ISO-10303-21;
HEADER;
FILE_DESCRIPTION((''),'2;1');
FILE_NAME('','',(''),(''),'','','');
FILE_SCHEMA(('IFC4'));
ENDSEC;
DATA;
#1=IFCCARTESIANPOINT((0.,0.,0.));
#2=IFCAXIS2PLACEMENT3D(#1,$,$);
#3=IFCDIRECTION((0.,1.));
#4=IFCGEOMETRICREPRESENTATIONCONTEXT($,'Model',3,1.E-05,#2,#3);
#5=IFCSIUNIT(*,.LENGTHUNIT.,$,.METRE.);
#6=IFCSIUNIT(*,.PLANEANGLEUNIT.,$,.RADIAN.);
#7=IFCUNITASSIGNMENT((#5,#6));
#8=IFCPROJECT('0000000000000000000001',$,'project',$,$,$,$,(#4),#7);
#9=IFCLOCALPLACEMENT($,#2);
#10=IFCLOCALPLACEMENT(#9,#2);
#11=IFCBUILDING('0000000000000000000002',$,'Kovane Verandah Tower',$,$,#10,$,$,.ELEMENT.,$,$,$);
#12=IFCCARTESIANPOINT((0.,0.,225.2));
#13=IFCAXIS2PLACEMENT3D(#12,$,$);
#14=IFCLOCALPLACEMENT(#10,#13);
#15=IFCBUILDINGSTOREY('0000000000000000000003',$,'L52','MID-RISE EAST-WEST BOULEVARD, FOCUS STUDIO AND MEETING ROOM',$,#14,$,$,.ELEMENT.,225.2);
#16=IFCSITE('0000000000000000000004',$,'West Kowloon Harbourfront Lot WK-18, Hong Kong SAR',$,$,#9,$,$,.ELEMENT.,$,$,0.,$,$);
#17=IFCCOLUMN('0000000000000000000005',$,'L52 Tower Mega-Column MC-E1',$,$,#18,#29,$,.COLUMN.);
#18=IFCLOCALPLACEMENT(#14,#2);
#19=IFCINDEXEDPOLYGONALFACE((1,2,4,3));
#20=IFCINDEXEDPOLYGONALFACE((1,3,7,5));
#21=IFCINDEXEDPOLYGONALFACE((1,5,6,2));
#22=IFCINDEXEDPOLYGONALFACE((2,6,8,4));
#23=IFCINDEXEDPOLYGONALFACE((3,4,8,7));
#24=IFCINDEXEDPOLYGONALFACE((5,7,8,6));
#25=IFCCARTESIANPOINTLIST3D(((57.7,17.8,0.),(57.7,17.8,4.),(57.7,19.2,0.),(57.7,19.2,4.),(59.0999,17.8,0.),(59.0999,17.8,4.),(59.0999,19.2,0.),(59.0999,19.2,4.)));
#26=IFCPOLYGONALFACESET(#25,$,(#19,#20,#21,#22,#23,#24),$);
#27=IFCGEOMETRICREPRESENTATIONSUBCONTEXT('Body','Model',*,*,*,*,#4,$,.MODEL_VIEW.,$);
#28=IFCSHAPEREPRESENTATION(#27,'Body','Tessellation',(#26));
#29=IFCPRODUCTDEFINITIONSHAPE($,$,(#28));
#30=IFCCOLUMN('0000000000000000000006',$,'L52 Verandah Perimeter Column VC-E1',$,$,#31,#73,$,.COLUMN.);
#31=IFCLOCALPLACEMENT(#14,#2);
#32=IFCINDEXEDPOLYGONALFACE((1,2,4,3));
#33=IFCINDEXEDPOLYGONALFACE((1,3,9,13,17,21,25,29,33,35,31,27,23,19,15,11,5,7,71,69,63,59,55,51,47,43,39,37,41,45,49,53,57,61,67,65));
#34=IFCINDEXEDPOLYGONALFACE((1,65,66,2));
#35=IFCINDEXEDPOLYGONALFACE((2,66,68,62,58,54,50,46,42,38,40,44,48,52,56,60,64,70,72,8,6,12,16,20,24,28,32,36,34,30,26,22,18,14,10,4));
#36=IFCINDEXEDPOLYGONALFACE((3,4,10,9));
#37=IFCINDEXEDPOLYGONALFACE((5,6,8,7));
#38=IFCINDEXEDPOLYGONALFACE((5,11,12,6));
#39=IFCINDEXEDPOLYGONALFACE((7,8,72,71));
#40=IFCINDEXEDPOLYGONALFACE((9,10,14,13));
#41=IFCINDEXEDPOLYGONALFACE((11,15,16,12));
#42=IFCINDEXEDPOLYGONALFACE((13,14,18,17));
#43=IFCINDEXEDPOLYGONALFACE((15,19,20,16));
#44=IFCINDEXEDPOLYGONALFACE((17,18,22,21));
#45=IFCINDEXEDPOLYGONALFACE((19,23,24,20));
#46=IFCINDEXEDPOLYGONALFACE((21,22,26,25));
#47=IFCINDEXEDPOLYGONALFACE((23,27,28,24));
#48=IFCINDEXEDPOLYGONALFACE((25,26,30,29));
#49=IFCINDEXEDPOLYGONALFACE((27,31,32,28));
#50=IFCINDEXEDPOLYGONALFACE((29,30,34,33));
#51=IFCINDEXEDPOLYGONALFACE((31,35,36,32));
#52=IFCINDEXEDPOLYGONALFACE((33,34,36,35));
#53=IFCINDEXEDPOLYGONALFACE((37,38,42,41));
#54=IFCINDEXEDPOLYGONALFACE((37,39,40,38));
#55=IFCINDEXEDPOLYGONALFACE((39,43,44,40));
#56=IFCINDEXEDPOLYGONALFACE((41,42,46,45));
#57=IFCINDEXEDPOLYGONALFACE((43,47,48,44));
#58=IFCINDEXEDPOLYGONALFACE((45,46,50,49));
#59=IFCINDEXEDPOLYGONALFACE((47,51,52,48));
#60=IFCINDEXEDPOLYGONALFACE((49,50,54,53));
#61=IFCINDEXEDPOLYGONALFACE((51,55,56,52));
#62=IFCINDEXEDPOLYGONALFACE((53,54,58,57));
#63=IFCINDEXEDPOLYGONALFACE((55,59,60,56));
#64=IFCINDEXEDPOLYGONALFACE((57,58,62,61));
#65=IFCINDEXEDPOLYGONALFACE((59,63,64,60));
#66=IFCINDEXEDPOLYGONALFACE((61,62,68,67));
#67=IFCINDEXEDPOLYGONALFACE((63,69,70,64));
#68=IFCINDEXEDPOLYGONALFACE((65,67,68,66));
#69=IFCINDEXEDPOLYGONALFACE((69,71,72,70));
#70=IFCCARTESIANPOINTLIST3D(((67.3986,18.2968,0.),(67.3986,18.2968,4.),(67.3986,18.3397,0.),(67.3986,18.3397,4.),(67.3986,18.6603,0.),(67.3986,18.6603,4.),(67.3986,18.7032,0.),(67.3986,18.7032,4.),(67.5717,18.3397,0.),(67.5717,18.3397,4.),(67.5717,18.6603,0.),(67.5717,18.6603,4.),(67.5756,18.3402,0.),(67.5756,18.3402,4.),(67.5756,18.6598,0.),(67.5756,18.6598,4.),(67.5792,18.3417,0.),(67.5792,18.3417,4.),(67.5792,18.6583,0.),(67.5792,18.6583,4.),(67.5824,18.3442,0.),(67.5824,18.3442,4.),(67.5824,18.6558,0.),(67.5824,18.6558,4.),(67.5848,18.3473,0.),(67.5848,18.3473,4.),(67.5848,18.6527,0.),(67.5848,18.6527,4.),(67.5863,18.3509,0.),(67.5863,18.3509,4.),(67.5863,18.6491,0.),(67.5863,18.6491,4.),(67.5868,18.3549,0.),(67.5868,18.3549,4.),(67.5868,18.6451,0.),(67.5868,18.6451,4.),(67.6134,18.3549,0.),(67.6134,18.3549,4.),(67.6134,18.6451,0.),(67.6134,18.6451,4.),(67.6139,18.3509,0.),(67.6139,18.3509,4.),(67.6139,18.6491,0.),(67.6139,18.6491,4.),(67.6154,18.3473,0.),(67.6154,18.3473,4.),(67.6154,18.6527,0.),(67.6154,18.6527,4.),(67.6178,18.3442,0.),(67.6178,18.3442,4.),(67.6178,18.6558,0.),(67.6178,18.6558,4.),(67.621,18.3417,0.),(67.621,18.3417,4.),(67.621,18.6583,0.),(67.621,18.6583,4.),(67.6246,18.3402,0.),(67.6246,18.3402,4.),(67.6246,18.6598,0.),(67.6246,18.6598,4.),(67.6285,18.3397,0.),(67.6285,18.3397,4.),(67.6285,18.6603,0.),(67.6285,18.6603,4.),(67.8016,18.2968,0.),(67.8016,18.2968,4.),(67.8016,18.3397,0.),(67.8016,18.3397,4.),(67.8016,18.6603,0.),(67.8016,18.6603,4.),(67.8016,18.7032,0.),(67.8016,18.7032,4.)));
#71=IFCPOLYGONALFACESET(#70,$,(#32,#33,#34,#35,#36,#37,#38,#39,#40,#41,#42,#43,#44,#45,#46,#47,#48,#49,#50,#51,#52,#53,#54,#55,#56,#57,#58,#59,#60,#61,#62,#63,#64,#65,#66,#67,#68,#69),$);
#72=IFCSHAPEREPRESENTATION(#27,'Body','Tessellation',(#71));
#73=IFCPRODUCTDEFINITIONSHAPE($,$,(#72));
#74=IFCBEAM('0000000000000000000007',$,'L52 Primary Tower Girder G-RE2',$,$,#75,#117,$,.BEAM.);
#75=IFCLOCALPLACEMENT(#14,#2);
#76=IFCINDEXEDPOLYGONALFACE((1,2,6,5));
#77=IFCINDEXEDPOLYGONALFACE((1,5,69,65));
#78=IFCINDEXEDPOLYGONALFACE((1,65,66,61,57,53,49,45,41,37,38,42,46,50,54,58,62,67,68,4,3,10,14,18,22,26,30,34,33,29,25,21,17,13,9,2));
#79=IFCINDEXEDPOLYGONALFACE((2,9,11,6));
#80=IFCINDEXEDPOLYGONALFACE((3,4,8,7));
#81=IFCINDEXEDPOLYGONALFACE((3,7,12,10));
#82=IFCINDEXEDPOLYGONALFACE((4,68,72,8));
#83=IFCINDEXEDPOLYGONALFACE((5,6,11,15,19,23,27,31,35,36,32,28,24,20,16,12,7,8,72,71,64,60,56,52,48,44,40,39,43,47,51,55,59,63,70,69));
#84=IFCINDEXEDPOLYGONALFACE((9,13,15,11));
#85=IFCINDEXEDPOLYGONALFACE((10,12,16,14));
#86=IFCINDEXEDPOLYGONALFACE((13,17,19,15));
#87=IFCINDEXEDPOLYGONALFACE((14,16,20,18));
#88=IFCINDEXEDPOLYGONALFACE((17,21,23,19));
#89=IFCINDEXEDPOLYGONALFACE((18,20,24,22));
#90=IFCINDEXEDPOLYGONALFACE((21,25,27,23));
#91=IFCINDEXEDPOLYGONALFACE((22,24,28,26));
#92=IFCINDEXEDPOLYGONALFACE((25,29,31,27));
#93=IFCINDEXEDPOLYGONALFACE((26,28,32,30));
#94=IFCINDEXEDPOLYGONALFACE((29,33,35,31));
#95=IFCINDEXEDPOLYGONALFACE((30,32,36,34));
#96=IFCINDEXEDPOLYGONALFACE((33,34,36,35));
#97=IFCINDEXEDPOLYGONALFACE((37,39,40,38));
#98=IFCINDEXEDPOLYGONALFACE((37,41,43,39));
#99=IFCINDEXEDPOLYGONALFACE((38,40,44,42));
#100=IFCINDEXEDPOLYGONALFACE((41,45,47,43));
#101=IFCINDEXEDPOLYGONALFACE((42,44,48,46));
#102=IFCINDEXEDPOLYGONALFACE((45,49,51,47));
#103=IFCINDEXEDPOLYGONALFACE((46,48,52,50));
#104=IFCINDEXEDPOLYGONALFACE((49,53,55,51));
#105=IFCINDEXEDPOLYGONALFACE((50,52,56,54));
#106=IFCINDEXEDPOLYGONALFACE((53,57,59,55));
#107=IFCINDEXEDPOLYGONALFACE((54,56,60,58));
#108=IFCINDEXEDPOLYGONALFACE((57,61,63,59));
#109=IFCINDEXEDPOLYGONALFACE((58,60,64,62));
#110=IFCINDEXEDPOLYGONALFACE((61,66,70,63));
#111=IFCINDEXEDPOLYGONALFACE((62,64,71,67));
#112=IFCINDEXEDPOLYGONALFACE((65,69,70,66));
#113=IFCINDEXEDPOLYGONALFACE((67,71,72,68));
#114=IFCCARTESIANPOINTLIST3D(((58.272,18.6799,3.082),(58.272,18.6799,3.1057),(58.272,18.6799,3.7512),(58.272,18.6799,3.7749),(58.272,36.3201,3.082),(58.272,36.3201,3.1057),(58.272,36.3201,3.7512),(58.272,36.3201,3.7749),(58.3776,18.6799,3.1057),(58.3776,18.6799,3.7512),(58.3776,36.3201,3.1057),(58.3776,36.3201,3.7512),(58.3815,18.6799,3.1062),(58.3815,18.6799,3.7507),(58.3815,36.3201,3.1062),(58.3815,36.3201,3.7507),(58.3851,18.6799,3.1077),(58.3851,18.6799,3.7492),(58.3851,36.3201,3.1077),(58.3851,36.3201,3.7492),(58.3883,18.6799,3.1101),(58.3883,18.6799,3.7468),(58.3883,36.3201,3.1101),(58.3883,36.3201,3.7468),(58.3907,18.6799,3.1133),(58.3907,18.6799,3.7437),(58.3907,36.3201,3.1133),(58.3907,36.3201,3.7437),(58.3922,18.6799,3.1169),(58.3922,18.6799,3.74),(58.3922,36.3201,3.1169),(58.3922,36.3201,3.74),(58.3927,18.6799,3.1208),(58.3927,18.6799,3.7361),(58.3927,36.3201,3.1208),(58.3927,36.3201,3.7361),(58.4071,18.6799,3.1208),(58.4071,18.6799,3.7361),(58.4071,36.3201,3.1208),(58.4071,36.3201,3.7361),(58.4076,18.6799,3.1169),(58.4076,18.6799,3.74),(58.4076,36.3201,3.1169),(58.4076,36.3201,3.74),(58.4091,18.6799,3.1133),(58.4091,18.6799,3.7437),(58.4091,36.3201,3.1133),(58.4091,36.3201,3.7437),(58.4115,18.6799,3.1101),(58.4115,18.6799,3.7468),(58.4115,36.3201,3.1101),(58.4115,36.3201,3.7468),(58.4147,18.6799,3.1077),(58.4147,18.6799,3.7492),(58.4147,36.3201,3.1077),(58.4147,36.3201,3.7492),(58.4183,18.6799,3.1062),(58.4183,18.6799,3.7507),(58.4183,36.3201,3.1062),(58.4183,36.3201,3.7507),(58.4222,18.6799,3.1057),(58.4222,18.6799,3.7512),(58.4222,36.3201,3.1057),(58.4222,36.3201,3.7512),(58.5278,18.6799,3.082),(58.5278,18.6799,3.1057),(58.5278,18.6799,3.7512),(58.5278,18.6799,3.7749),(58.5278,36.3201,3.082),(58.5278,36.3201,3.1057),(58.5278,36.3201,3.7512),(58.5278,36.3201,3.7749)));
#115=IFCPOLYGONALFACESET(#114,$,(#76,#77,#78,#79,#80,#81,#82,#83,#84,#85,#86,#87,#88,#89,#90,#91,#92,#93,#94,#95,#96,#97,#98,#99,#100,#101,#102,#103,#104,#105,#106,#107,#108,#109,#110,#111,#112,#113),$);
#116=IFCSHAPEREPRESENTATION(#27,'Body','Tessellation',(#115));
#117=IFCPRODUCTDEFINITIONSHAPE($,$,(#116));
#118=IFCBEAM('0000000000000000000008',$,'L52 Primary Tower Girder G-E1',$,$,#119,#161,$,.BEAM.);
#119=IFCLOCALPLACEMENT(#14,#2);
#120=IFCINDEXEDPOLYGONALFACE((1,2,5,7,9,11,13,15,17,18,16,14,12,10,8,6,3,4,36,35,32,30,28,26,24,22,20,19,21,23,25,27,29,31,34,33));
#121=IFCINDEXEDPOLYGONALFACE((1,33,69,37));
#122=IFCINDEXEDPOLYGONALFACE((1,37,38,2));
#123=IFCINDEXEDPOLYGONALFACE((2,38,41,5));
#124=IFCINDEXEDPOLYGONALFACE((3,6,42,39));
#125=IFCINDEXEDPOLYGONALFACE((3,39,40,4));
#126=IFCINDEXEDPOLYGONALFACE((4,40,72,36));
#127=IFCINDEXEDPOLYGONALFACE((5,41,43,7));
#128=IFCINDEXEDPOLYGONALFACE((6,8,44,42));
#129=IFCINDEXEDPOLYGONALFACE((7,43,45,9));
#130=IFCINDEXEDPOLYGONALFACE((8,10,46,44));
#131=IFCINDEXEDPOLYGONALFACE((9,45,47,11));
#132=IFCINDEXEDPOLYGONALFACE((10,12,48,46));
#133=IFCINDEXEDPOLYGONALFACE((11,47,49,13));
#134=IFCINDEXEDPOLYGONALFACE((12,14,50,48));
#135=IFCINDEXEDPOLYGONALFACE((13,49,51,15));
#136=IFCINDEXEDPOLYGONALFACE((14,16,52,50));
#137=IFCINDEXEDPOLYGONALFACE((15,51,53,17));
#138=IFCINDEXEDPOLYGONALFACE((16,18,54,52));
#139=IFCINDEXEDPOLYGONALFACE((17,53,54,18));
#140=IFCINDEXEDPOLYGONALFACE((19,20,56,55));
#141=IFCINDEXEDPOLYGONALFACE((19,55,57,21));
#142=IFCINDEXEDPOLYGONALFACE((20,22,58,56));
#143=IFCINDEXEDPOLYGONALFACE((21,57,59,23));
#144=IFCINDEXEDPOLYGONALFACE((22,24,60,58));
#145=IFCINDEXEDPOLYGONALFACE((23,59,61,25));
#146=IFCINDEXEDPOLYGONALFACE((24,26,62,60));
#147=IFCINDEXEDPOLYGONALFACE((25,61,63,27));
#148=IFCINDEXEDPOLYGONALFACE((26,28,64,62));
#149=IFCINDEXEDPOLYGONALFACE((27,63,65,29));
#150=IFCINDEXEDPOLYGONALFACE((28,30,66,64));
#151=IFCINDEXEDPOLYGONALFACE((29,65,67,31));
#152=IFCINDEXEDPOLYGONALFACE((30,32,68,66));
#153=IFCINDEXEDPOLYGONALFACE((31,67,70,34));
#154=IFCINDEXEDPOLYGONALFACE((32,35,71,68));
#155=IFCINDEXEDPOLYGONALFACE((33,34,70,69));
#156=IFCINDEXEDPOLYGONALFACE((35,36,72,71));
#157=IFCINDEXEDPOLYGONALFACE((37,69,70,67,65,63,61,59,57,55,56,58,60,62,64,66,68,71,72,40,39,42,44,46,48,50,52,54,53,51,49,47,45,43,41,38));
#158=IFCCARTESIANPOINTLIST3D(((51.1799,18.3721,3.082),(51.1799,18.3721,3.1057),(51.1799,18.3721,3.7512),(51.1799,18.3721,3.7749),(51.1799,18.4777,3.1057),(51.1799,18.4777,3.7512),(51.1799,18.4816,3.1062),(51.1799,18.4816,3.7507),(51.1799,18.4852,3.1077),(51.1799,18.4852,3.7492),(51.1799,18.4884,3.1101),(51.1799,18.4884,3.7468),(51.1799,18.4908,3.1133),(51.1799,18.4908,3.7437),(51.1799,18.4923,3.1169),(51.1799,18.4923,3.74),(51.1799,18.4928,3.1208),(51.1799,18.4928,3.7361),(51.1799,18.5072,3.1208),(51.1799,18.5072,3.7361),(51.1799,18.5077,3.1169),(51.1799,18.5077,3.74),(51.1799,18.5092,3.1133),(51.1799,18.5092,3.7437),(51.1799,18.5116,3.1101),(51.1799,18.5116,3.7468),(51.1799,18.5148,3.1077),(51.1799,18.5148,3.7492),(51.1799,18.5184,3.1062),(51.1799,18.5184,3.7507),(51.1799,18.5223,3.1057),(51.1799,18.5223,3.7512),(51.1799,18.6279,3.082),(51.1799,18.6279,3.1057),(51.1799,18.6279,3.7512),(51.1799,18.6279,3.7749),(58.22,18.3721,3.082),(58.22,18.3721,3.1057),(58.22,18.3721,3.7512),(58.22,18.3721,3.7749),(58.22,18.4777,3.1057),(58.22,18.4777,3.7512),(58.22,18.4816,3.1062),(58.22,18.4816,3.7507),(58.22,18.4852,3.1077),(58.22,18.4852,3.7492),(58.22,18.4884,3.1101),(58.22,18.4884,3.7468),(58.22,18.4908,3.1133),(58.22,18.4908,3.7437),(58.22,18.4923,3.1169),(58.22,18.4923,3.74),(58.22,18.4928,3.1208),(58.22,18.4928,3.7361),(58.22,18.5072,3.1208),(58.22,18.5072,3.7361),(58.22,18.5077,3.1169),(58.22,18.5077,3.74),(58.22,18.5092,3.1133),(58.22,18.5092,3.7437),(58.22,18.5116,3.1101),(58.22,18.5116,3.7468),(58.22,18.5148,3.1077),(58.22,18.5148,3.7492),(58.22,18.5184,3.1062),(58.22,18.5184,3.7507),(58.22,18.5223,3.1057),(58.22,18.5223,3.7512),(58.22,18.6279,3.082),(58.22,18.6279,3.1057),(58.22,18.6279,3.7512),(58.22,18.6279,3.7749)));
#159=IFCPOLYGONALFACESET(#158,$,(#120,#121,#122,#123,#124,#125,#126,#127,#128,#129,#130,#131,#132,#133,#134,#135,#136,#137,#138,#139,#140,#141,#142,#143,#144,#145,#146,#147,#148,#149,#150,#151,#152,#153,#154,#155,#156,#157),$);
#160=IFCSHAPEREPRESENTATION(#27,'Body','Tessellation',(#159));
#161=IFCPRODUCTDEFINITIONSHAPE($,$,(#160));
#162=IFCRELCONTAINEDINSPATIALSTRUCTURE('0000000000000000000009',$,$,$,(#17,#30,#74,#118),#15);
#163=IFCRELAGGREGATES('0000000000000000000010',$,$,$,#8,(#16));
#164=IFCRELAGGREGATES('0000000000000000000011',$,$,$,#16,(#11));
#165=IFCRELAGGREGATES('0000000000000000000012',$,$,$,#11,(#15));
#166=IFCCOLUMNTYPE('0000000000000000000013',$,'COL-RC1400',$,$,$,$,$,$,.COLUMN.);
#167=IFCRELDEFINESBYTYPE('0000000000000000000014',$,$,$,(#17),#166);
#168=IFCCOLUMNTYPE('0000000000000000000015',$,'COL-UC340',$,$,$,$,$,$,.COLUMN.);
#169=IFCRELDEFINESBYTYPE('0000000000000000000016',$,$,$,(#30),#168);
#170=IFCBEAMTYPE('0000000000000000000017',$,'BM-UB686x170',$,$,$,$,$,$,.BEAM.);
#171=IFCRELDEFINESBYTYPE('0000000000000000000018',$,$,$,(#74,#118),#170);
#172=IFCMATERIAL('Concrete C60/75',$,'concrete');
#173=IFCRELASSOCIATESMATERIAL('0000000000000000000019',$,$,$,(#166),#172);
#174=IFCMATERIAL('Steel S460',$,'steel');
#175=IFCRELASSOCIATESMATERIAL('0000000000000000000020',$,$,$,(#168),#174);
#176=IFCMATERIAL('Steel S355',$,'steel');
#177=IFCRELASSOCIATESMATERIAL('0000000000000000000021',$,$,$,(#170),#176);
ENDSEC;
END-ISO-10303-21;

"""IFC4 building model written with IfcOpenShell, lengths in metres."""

from ifc_helpers import new_model, si_unit, direction, frame, origin, origin_2d, place, context, subcontext, project, spatial, rectangle, i_section, extrude, material, material_profile, profile_set, type_object, element, save


model = new_model("IFC4")

# Units and contexts
model_context = context("Model", 3, precision=1e-05, world=origin(), true_north=direction((0.0, 1.0)))
body_context = subcontext(model_context, "Body", "Model", "MODEL_VIEW")
ifc_project = project(units=[si_unit("LENGTHUNIT", "METRE"), si_unit("PLANEANGLEUNIT", "RADIAN")], contexts=[model_context])

# Site, building, storey
site_placement = place(None, origin())
site = spatial("IfcSite", under=ifc_project, at=site_placement, Name="West Kowloon Harbourfront Lot WK-18, Hong Kong SAR", CompositionType="ELEMENT", RefElevation=0.0)
building_placement = place(site_placement, origin())
building = spatial("IfcBuilding", under=site, at=building_placement, Name="Kovane Verandah Tower", CompositionType="ELEMENT")
storey_placement = place(building_placement, frame((0.0, 0.0, 225.2)))
storey = spatial("IfcBuildingStorey", under=building, at=storey_placement, Name="L52", Description="MID-RISE EAST-WEST BOULEVARD, FOCUS STUDIO AND MEETING ROOM", CompositionType="ELEMENT", Elevation=225.2)

# Columns
ifc_material_1 = material(Name="Concrete C60/75", Category="concrete")
ifc_material_profile_1 = material_profile(ifc_material_1, rectangle(XDim=1.3999, YDim=1.3999, at=origin_2d()), Name="RC1400x1400")
ifc_profile_set_1 = profile_set([ifc_material_profile_1], Name="Concrete C60/75")
column_type_1 = type_object("IfcColumnType", Name="COL-RC1400", PredefinedType="COLUMN", material=ifc_profile_set_1)
column_1_placement = place(storey_placement, frame((58.3999, 18.5, 0.0), z_axis=(0.0, 0.0, 1.0), x_axis=(1.0, 0.0, 0.0)))
element("IfcColumn", 1, at=column_1_placement, inside=storey, type_object=column_type_1, Name="L52 Tower Mega-Column MC-E1", PredefinedType="COLUMN", context=body_context, shape_type="SweptSolid", body=[
    extrude(rectangle(XDim=1.3999, YDim=1.3999, at=origin_2d()), origin(), (0.0, 0.0, 1.0), 4.0),
])
ifc_material_2 = material(Name="Steel S460", Category="steel")
ifc_material_profile_2 = material_profile(ifc_material_2, i_section(OverallWidth=0.4031, OverallDepth=0.4065, WebThickness=0.0266, FlangeThickness=0.043, FilletRadius=0.0151, at=origin_2d()), Name="UC356x406x340")
ifc_profile_set_2 = profile_set([ifc_material_profile_2], Name="Steel S460")
column_type_2 = type_object("IfcColumnType", Name="COL-UC340", PredefinedType="COLUMN", material=ifc_profile_set_2)
column_2_placement = place(storey_placement, frame((67.6001, 18.5, 0.0), z_axis=(0.0, 0.0, 1.0), x_axis=(1.0, 0.0, 0.0)))
element("IfcColumn", 2, at=column_2_placement, inside=storey, type_object=column_type_2, Name="L52 Verandah Perimeter Column VC-E1", PredefinedType="COLUMN", context=body_context, shape_type="SweptSolid", body=[
    extrude(i_section(OverallWidth=0.4031, OverallDepth=0.4065, WebThickness=0.0266, FlangeThickness=0.043, FilletRadius=0.0151, at=origin_2d()), origin(), (0.0, 0.0, 1.0), 4.0),
])

# Beams
ifc_material_3 = material(Name="Steel S355", Category="steel")
ifc_material_profile_3 = material_profile(ifc_material_3, i_section(OverallWidth=0.2559, OverallDepth=0.6929, WebThickness=0.0144, FlangeThickness=0.0237, FilletRadius=0.0151, at=origin_2d()), Name="UB686x254x170")
ifc_profile_set_3 = profile_set([ifc_material_profile_3], Name="Steel S355")
beam_type_1 = type_object("IfcBeamType", Name="BM-UB686x170", PredefinedType="BEAM", material=ifc_profile_set_3)
beam_1_placement = place(storey_placement, frame((58.3999, 18.6799, 3.4285), z_axis=(0.0, 1.0, 0.0), x_axis=(-1.0, 0.0, 0.0)))
element("IfcBeam", 3, at=beam_1_placement, inside=storey, type_object=beam_type_1, Name="L52 Primary Tower Girder G-RE2", PredefinedType="BEAM", context=body_context, shape_type="SweptSolid", body=[
    extrude(i_section(OverallWidth=0.2559, OverallDepth=0.6929, WebThickness=0.0144, FlangeThickness=0.0237, FilletRadius=0.0151, at=origin_2d()), origin(), (0.0, 0.0, 1.0), 17.6401),
])
beam_2_placement = place(storey_placement, frame((51.1799, 18.5, 3.4285), z_axis=(1.0, 0.0, 0.0), x_axis=(0.0, 1.0, 0.0)))
element("IfcBeam", 4, at=beam_2_placement, inside=storey, type_object=beam_type_1, Name="L52 Primary Tower Girder G-E1", PredefinedType="BEAM", context=body_context, shape_type="SweptSolid", body=[
    extrude(i_section(OverallWidth=0.2559, OverallDepth=0.6929, WebThickness=0.0144, FlangeThickness=0.0237, FilletRadius=0.0151, at=origin_2d()), origin(), (0.0, 0.0, 1.0), 7.04),
])

save(model, "model.ifc")
